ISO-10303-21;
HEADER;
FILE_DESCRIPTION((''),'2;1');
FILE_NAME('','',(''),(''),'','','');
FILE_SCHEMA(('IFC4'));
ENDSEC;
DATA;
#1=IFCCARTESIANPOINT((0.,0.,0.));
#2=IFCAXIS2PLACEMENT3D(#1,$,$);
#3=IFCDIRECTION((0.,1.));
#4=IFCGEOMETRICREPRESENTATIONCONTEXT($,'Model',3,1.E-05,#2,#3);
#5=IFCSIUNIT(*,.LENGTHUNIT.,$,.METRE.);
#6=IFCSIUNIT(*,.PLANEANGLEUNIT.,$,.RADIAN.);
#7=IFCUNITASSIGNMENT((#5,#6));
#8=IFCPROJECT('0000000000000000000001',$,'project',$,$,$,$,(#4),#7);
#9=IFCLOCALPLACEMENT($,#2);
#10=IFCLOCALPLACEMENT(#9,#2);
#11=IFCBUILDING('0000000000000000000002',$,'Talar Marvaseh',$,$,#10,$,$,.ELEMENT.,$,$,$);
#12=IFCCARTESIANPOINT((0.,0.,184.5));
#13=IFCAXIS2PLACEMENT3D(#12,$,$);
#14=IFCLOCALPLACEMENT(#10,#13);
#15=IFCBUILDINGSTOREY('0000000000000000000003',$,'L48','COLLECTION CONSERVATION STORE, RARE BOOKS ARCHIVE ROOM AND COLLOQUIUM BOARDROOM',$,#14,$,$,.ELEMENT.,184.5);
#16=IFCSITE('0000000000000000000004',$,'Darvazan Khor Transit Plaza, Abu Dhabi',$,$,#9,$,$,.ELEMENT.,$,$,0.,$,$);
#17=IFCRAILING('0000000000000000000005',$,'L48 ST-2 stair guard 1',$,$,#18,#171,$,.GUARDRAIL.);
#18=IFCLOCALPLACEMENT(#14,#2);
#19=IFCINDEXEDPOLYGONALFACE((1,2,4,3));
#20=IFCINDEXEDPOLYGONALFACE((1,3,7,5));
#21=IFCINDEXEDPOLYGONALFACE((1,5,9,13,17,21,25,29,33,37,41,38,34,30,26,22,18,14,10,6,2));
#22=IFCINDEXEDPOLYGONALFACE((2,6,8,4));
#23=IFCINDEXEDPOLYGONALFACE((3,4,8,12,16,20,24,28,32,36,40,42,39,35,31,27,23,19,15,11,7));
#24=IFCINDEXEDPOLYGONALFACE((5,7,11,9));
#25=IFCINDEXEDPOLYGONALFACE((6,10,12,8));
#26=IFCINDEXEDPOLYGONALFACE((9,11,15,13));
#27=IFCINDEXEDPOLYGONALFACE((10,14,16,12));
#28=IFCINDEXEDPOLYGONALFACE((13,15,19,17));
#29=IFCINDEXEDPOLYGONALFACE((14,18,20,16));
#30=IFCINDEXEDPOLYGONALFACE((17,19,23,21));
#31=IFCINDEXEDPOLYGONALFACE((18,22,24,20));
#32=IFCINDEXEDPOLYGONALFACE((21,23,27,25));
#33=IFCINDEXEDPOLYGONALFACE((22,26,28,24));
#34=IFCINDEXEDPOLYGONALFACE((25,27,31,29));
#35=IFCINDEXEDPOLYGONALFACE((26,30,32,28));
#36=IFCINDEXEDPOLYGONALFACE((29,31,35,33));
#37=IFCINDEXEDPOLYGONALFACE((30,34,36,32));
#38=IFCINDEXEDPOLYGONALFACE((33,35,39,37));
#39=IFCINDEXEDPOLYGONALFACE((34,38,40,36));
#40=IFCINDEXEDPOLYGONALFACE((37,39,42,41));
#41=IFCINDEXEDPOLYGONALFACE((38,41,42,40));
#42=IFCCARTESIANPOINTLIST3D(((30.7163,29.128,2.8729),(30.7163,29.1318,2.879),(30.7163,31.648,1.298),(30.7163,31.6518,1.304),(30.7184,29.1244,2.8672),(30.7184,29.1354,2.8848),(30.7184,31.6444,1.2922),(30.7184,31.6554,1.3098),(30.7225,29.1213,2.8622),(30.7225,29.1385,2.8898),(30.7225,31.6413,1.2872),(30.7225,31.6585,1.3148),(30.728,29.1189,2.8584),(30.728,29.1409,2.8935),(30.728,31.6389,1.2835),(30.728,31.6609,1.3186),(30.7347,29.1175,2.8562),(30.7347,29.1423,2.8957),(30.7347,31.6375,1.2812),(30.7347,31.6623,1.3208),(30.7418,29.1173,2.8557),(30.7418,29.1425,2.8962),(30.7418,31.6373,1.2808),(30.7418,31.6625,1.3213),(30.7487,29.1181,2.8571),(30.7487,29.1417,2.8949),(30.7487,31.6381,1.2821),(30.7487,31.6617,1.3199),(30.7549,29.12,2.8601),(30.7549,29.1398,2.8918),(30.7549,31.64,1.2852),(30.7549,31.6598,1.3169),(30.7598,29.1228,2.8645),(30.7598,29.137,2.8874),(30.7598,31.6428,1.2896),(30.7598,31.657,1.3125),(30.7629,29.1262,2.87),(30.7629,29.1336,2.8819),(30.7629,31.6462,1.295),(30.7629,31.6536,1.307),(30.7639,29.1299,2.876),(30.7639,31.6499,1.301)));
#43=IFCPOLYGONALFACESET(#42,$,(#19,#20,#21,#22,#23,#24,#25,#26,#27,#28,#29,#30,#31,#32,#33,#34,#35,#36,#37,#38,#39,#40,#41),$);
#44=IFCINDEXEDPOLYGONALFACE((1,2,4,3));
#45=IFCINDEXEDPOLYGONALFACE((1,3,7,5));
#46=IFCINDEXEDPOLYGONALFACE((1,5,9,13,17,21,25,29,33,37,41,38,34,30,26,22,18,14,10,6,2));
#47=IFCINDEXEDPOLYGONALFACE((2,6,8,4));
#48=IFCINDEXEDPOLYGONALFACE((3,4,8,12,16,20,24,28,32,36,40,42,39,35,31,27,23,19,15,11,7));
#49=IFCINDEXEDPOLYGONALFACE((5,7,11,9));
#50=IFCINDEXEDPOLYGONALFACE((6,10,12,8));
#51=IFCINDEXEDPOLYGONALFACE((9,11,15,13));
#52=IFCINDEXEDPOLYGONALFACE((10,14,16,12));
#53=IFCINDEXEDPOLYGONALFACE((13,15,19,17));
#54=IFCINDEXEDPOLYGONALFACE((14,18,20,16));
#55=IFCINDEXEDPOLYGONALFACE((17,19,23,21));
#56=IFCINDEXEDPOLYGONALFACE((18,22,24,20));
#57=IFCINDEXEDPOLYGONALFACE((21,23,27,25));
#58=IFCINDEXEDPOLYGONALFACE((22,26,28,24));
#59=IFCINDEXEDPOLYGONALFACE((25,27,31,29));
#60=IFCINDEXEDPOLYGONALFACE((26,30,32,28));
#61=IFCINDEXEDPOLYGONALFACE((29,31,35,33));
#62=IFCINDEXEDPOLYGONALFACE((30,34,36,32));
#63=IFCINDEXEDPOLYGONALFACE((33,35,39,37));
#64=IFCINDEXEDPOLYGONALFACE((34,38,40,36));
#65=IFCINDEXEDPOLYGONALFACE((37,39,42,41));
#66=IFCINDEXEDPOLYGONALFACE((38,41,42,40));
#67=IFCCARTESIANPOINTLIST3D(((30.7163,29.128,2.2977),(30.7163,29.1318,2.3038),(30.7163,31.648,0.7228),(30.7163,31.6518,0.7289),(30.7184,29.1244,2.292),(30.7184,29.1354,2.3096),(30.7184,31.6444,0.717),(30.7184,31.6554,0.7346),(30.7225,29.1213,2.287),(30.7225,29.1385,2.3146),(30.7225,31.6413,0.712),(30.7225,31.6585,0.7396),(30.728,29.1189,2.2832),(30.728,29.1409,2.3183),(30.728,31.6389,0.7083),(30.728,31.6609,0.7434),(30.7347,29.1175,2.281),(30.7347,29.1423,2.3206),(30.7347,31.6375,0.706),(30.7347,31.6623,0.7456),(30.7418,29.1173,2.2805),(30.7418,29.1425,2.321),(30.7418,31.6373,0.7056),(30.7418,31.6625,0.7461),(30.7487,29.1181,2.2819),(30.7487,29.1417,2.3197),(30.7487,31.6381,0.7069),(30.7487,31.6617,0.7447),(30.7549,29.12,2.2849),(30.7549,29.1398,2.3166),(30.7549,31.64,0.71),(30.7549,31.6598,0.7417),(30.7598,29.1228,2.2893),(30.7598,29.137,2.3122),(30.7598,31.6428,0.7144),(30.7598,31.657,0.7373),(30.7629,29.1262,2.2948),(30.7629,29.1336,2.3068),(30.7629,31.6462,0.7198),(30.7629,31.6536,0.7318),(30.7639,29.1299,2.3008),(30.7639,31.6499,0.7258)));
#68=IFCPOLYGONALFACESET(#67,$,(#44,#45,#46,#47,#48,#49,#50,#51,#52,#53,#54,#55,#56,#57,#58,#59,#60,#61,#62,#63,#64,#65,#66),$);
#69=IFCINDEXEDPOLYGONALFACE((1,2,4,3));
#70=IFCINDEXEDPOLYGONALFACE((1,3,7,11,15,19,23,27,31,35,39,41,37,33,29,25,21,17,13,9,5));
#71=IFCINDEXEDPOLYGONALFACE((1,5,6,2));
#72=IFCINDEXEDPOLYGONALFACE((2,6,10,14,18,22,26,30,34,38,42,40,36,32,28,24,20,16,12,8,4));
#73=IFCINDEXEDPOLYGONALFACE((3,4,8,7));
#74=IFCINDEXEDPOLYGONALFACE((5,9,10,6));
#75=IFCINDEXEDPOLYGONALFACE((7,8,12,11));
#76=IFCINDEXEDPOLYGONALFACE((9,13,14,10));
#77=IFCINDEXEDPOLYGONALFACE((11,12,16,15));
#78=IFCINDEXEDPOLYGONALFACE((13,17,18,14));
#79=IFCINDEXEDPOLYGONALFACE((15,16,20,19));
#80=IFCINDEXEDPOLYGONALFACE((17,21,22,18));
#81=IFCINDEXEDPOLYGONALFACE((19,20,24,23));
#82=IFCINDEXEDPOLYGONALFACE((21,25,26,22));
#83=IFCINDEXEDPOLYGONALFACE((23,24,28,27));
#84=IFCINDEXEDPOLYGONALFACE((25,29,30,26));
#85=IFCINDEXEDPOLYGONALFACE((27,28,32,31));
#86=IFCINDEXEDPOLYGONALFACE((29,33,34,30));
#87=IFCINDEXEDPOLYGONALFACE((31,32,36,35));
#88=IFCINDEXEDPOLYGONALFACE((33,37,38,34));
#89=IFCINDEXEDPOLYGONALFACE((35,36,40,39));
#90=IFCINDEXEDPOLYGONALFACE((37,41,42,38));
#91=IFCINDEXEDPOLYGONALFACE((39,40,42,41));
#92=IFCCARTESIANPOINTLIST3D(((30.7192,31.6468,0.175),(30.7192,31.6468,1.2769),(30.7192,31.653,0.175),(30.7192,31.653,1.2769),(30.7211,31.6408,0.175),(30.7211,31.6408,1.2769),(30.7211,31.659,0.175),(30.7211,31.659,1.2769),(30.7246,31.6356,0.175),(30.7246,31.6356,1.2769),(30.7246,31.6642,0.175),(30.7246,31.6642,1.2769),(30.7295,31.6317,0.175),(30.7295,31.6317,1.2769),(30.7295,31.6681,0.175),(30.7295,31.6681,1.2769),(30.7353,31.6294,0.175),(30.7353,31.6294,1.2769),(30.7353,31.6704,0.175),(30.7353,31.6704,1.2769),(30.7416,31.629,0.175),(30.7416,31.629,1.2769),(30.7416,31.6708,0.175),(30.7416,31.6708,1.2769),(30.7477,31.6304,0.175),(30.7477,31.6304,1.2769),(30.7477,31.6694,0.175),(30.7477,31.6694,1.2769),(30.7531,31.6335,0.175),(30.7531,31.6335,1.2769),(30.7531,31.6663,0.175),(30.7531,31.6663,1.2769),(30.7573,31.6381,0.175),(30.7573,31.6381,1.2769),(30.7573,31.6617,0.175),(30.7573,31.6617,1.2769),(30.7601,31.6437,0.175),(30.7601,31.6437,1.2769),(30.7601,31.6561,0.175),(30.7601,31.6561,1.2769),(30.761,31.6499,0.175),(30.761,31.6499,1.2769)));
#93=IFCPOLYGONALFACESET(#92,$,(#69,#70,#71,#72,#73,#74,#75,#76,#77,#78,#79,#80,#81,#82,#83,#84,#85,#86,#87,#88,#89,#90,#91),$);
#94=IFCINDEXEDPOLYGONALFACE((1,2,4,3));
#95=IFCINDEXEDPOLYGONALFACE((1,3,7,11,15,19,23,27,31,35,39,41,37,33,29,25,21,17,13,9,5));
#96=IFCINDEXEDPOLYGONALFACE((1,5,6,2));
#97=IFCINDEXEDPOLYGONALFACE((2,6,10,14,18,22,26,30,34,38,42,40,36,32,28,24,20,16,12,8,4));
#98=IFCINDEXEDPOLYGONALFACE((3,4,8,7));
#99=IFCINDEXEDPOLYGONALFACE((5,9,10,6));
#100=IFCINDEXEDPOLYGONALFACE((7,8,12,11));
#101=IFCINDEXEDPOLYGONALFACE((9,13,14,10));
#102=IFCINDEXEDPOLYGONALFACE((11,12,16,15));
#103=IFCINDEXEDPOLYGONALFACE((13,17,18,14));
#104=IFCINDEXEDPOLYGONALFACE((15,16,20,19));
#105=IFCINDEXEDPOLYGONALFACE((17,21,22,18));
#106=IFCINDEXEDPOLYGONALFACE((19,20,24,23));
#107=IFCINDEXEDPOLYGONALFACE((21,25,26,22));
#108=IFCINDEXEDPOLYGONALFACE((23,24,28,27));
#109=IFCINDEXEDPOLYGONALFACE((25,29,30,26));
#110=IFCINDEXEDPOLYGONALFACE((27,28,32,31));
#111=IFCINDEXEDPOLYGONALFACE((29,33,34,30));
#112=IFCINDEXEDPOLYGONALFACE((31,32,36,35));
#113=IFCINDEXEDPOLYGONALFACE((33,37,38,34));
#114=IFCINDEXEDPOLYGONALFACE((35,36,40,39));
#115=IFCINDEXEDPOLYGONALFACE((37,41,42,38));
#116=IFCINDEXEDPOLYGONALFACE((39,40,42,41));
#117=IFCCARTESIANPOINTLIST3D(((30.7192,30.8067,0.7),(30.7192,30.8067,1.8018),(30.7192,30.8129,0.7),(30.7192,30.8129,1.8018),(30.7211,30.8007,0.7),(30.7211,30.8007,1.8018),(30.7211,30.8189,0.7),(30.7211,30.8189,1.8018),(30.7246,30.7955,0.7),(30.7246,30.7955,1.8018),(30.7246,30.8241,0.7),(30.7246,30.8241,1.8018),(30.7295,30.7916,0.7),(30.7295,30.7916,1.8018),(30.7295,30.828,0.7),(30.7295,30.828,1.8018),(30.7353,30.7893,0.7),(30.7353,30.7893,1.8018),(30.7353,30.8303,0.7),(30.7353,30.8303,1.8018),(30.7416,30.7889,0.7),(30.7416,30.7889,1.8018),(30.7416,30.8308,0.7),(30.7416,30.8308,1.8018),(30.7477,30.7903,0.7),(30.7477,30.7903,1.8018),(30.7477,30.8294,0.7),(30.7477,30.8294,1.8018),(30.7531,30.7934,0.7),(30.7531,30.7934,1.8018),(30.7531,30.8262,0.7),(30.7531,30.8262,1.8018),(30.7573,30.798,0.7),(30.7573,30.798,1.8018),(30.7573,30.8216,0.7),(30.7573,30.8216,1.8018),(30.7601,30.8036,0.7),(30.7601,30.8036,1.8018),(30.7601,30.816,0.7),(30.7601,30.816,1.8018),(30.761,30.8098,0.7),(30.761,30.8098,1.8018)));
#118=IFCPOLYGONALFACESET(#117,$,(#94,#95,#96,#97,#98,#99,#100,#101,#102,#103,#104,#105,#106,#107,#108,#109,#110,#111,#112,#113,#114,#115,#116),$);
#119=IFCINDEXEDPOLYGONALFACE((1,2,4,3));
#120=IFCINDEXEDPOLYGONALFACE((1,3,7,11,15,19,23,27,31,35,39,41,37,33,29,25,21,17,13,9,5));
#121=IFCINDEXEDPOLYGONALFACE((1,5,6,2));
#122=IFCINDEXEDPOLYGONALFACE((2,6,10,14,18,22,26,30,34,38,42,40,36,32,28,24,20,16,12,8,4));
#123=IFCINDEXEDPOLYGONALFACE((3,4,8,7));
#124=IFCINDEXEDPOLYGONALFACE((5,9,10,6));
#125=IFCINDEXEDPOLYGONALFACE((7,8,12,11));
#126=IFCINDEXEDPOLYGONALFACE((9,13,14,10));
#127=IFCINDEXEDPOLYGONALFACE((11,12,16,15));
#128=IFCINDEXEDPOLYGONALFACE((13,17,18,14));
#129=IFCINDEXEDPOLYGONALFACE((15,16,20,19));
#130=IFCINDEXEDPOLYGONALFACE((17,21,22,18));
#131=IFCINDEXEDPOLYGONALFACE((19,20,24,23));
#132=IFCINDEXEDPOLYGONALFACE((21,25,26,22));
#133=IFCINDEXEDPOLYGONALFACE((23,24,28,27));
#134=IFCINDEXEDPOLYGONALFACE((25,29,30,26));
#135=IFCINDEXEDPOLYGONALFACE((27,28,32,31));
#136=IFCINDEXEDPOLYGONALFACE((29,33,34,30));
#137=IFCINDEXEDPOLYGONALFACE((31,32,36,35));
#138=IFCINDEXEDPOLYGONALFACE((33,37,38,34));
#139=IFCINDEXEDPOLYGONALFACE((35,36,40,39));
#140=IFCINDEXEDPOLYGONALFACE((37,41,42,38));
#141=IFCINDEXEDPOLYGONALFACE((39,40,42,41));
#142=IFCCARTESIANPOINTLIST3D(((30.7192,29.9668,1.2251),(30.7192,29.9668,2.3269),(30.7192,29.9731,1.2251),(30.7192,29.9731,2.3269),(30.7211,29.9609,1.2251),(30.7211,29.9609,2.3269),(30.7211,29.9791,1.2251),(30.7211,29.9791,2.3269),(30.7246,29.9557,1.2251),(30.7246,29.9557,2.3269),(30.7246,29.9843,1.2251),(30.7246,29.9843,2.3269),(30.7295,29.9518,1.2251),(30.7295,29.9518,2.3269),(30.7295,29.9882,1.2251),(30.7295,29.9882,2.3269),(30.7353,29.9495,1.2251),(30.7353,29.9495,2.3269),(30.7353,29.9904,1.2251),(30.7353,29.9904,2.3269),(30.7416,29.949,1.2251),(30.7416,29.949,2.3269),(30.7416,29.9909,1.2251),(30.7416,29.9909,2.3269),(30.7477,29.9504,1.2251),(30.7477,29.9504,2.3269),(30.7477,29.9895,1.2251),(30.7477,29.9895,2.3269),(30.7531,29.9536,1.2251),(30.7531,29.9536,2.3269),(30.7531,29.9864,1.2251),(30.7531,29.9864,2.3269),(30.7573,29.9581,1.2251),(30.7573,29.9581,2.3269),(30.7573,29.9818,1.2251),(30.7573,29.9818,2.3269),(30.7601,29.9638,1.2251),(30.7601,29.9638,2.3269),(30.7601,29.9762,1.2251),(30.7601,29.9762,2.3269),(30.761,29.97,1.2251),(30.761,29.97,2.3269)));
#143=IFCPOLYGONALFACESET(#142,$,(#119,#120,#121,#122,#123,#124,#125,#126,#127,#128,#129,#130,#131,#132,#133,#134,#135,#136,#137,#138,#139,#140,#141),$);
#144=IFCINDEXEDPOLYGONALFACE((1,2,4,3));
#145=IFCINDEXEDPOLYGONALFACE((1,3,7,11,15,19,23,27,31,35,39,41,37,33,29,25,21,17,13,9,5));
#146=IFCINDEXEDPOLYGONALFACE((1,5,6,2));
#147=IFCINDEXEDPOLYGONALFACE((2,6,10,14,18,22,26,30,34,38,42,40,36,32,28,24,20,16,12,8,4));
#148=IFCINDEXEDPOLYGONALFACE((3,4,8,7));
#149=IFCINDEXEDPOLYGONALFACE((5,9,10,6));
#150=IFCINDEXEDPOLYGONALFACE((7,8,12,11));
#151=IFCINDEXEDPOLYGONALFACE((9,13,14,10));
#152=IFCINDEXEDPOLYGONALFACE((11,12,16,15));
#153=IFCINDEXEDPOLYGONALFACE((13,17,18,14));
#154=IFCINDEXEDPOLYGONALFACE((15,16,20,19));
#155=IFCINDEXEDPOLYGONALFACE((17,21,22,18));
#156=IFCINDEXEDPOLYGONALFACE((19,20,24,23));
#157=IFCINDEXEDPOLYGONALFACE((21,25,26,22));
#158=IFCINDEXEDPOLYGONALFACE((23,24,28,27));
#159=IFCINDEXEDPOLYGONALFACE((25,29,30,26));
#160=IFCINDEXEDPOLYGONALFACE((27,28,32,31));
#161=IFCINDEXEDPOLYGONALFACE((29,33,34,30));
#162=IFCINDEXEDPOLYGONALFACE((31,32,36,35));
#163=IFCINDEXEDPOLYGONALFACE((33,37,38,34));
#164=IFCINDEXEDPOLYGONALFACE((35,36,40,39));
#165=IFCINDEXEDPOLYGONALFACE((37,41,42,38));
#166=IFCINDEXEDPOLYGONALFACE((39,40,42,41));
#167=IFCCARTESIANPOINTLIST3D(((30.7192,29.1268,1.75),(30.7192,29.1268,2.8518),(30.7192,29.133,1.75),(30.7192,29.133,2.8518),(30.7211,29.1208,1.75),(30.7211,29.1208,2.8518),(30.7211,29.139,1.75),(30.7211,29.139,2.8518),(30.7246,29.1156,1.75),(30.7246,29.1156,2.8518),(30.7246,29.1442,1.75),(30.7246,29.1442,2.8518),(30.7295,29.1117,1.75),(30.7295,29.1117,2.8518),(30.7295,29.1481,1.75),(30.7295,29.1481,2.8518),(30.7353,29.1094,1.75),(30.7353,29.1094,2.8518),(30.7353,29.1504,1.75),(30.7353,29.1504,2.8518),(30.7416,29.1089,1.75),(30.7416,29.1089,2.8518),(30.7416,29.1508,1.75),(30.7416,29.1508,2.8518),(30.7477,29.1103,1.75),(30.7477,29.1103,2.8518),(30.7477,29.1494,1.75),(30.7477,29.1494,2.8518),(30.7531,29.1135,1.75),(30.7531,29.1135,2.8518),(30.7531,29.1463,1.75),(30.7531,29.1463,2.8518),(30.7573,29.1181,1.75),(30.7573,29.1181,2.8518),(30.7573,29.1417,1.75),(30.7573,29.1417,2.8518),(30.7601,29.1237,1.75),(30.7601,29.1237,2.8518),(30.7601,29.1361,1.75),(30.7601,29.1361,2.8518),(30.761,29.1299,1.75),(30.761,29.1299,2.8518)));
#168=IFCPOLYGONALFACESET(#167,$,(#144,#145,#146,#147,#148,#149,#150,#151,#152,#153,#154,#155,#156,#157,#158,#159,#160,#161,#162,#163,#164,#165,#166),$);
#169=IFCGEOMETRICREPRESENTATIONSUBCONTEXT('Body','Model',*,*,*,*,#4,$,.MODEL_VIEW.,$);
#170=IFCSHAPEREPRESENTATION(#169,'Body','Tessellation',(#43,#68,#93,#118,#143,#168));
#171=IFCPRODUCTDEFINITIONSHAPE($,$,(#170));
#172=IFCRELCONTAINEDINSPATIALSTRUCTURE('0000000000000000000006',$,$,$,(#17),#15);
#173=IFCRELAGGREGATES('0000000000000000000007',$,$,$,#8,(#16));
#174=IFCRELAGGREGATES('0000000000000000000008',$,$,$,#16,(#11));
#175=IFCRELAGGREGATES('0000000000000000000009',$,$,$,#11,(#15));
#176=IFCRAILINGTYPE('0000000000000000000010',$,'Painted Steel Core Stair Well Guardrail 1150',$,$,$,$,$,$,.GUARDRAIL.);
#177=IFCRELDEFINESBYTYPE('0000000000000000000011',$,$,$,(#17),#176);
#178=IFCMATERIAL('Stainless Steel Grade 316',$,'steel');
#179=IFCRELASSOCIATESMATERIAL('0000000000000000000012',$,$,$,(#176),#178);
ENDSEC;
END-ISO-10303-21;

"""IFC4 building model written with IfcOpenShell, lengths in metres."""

from ifc_helpers import new_model, si_unit, direction, frame, origin, origin_2d, place, context, subcontext, project, spatial, circle, extrude, material, type_object, element, save


model = new_model("IFC4")

# Units and contexts
model_context = context("Model", 3, precision=1e-05, world=origin(), true_north=direction((0.0, 1.0)))
body_context = subcontext(model_context, "Body", "Model", "MODEL_VIEW")
ifc_project = project(units=[si_unit("LENGTHUNIT", "METRE"), si_unit("PLANEANGLEUNIT", "RADIAN")], contexts=[model_context])

# Site, building, storey
site_placement = place(None, origin())
site = spatial("IfcSite", under=ifc_project, at=site_placement, Name="Darvazan Khor Transit Plaza, Abu Dhabi", CompositionType="ELEMENT", RefElevation=0.0)
building_placement = place(site_placement, origin())
building = spatial("IfcBuilding", under=site, at=building_placement, Name="Talar Marvaseh", CompositionType="ELEMENT")
storey_placement = place(building_placement, frame((0.0, 0.0, 184.5)))
storey = spatial("IfcBuildingStorey", under=building, at=storey_placement, Name="L48", Description="COLLECTION CONSERVATION STORE, RARE BOOKS ARCHIVE ROOM AND COLLOQUIUM BOARDROOM", CompositionType="ELEMENT", Elevation=184.5)

# Shared definitions
ifc_material_1 = material(Name="Stainless Steel Grade 316", Category="steel")

# Railing
railing_type_1 = type_object("IfcRailingType", Name="Painted Steel Core Stair Well Guardrail 1150", PredefinedType="GUARDRAIL", material=ifc_material_1)
railing_1_placement = place(storey_placement, frame((30.74, 31.6499, 0.175)))
element("IfcRailing", 1, at=railing_1_placement, inside=storey, type_object=railing_type_1, Name="L48 ST-2 stair guard 1", PredefinedType="GUARDRAIL", context=body_context, shape_type="SweptSolid", body=[
    extrude(circle(Radius=0.0239, at=origin_2d()), frame((0.0, 0.0, 1.126), z_axis=(0.0, -0.848008, 0.529984), x_axis=(1.0, 0.0, 0.0)), (0.0, 0.0, 1.0), 2.9717),
    extrude(circle(Radius=0.0239, at=origin_2d()), frame((0.0, 0.0, 0.5508), z_axis=(0.0, -0.848008, 0.529984), x_axis=(1.0, 0.0, 0.0)), (0.0, 0.0, 1.0), 2.9717),
    extrude(circle(Radius=0.021, at=origin_2d()), origin(), (0.0, 0.0, 1.0), 1.1018),
    extrude(circle(Radius=0.021, at=origin_2d()), frame((0.0, -0.8401, 0.5249)), (0.0, 0.0, 1.0), 1.1018),
    extrude(circle(Radius=0.021, at=origin_2d()), frame((0.0, -1.6799, 1.05)), (0.0, 0.0, 1.0), 1.1018),
    extrude(circle(Radius=0.021, at=origin_2d()), frame((0.0, -2.52, 1.575)), (0.0, 0.0, 1.0), 1.1018),
])

save(model, "model.ifc")
